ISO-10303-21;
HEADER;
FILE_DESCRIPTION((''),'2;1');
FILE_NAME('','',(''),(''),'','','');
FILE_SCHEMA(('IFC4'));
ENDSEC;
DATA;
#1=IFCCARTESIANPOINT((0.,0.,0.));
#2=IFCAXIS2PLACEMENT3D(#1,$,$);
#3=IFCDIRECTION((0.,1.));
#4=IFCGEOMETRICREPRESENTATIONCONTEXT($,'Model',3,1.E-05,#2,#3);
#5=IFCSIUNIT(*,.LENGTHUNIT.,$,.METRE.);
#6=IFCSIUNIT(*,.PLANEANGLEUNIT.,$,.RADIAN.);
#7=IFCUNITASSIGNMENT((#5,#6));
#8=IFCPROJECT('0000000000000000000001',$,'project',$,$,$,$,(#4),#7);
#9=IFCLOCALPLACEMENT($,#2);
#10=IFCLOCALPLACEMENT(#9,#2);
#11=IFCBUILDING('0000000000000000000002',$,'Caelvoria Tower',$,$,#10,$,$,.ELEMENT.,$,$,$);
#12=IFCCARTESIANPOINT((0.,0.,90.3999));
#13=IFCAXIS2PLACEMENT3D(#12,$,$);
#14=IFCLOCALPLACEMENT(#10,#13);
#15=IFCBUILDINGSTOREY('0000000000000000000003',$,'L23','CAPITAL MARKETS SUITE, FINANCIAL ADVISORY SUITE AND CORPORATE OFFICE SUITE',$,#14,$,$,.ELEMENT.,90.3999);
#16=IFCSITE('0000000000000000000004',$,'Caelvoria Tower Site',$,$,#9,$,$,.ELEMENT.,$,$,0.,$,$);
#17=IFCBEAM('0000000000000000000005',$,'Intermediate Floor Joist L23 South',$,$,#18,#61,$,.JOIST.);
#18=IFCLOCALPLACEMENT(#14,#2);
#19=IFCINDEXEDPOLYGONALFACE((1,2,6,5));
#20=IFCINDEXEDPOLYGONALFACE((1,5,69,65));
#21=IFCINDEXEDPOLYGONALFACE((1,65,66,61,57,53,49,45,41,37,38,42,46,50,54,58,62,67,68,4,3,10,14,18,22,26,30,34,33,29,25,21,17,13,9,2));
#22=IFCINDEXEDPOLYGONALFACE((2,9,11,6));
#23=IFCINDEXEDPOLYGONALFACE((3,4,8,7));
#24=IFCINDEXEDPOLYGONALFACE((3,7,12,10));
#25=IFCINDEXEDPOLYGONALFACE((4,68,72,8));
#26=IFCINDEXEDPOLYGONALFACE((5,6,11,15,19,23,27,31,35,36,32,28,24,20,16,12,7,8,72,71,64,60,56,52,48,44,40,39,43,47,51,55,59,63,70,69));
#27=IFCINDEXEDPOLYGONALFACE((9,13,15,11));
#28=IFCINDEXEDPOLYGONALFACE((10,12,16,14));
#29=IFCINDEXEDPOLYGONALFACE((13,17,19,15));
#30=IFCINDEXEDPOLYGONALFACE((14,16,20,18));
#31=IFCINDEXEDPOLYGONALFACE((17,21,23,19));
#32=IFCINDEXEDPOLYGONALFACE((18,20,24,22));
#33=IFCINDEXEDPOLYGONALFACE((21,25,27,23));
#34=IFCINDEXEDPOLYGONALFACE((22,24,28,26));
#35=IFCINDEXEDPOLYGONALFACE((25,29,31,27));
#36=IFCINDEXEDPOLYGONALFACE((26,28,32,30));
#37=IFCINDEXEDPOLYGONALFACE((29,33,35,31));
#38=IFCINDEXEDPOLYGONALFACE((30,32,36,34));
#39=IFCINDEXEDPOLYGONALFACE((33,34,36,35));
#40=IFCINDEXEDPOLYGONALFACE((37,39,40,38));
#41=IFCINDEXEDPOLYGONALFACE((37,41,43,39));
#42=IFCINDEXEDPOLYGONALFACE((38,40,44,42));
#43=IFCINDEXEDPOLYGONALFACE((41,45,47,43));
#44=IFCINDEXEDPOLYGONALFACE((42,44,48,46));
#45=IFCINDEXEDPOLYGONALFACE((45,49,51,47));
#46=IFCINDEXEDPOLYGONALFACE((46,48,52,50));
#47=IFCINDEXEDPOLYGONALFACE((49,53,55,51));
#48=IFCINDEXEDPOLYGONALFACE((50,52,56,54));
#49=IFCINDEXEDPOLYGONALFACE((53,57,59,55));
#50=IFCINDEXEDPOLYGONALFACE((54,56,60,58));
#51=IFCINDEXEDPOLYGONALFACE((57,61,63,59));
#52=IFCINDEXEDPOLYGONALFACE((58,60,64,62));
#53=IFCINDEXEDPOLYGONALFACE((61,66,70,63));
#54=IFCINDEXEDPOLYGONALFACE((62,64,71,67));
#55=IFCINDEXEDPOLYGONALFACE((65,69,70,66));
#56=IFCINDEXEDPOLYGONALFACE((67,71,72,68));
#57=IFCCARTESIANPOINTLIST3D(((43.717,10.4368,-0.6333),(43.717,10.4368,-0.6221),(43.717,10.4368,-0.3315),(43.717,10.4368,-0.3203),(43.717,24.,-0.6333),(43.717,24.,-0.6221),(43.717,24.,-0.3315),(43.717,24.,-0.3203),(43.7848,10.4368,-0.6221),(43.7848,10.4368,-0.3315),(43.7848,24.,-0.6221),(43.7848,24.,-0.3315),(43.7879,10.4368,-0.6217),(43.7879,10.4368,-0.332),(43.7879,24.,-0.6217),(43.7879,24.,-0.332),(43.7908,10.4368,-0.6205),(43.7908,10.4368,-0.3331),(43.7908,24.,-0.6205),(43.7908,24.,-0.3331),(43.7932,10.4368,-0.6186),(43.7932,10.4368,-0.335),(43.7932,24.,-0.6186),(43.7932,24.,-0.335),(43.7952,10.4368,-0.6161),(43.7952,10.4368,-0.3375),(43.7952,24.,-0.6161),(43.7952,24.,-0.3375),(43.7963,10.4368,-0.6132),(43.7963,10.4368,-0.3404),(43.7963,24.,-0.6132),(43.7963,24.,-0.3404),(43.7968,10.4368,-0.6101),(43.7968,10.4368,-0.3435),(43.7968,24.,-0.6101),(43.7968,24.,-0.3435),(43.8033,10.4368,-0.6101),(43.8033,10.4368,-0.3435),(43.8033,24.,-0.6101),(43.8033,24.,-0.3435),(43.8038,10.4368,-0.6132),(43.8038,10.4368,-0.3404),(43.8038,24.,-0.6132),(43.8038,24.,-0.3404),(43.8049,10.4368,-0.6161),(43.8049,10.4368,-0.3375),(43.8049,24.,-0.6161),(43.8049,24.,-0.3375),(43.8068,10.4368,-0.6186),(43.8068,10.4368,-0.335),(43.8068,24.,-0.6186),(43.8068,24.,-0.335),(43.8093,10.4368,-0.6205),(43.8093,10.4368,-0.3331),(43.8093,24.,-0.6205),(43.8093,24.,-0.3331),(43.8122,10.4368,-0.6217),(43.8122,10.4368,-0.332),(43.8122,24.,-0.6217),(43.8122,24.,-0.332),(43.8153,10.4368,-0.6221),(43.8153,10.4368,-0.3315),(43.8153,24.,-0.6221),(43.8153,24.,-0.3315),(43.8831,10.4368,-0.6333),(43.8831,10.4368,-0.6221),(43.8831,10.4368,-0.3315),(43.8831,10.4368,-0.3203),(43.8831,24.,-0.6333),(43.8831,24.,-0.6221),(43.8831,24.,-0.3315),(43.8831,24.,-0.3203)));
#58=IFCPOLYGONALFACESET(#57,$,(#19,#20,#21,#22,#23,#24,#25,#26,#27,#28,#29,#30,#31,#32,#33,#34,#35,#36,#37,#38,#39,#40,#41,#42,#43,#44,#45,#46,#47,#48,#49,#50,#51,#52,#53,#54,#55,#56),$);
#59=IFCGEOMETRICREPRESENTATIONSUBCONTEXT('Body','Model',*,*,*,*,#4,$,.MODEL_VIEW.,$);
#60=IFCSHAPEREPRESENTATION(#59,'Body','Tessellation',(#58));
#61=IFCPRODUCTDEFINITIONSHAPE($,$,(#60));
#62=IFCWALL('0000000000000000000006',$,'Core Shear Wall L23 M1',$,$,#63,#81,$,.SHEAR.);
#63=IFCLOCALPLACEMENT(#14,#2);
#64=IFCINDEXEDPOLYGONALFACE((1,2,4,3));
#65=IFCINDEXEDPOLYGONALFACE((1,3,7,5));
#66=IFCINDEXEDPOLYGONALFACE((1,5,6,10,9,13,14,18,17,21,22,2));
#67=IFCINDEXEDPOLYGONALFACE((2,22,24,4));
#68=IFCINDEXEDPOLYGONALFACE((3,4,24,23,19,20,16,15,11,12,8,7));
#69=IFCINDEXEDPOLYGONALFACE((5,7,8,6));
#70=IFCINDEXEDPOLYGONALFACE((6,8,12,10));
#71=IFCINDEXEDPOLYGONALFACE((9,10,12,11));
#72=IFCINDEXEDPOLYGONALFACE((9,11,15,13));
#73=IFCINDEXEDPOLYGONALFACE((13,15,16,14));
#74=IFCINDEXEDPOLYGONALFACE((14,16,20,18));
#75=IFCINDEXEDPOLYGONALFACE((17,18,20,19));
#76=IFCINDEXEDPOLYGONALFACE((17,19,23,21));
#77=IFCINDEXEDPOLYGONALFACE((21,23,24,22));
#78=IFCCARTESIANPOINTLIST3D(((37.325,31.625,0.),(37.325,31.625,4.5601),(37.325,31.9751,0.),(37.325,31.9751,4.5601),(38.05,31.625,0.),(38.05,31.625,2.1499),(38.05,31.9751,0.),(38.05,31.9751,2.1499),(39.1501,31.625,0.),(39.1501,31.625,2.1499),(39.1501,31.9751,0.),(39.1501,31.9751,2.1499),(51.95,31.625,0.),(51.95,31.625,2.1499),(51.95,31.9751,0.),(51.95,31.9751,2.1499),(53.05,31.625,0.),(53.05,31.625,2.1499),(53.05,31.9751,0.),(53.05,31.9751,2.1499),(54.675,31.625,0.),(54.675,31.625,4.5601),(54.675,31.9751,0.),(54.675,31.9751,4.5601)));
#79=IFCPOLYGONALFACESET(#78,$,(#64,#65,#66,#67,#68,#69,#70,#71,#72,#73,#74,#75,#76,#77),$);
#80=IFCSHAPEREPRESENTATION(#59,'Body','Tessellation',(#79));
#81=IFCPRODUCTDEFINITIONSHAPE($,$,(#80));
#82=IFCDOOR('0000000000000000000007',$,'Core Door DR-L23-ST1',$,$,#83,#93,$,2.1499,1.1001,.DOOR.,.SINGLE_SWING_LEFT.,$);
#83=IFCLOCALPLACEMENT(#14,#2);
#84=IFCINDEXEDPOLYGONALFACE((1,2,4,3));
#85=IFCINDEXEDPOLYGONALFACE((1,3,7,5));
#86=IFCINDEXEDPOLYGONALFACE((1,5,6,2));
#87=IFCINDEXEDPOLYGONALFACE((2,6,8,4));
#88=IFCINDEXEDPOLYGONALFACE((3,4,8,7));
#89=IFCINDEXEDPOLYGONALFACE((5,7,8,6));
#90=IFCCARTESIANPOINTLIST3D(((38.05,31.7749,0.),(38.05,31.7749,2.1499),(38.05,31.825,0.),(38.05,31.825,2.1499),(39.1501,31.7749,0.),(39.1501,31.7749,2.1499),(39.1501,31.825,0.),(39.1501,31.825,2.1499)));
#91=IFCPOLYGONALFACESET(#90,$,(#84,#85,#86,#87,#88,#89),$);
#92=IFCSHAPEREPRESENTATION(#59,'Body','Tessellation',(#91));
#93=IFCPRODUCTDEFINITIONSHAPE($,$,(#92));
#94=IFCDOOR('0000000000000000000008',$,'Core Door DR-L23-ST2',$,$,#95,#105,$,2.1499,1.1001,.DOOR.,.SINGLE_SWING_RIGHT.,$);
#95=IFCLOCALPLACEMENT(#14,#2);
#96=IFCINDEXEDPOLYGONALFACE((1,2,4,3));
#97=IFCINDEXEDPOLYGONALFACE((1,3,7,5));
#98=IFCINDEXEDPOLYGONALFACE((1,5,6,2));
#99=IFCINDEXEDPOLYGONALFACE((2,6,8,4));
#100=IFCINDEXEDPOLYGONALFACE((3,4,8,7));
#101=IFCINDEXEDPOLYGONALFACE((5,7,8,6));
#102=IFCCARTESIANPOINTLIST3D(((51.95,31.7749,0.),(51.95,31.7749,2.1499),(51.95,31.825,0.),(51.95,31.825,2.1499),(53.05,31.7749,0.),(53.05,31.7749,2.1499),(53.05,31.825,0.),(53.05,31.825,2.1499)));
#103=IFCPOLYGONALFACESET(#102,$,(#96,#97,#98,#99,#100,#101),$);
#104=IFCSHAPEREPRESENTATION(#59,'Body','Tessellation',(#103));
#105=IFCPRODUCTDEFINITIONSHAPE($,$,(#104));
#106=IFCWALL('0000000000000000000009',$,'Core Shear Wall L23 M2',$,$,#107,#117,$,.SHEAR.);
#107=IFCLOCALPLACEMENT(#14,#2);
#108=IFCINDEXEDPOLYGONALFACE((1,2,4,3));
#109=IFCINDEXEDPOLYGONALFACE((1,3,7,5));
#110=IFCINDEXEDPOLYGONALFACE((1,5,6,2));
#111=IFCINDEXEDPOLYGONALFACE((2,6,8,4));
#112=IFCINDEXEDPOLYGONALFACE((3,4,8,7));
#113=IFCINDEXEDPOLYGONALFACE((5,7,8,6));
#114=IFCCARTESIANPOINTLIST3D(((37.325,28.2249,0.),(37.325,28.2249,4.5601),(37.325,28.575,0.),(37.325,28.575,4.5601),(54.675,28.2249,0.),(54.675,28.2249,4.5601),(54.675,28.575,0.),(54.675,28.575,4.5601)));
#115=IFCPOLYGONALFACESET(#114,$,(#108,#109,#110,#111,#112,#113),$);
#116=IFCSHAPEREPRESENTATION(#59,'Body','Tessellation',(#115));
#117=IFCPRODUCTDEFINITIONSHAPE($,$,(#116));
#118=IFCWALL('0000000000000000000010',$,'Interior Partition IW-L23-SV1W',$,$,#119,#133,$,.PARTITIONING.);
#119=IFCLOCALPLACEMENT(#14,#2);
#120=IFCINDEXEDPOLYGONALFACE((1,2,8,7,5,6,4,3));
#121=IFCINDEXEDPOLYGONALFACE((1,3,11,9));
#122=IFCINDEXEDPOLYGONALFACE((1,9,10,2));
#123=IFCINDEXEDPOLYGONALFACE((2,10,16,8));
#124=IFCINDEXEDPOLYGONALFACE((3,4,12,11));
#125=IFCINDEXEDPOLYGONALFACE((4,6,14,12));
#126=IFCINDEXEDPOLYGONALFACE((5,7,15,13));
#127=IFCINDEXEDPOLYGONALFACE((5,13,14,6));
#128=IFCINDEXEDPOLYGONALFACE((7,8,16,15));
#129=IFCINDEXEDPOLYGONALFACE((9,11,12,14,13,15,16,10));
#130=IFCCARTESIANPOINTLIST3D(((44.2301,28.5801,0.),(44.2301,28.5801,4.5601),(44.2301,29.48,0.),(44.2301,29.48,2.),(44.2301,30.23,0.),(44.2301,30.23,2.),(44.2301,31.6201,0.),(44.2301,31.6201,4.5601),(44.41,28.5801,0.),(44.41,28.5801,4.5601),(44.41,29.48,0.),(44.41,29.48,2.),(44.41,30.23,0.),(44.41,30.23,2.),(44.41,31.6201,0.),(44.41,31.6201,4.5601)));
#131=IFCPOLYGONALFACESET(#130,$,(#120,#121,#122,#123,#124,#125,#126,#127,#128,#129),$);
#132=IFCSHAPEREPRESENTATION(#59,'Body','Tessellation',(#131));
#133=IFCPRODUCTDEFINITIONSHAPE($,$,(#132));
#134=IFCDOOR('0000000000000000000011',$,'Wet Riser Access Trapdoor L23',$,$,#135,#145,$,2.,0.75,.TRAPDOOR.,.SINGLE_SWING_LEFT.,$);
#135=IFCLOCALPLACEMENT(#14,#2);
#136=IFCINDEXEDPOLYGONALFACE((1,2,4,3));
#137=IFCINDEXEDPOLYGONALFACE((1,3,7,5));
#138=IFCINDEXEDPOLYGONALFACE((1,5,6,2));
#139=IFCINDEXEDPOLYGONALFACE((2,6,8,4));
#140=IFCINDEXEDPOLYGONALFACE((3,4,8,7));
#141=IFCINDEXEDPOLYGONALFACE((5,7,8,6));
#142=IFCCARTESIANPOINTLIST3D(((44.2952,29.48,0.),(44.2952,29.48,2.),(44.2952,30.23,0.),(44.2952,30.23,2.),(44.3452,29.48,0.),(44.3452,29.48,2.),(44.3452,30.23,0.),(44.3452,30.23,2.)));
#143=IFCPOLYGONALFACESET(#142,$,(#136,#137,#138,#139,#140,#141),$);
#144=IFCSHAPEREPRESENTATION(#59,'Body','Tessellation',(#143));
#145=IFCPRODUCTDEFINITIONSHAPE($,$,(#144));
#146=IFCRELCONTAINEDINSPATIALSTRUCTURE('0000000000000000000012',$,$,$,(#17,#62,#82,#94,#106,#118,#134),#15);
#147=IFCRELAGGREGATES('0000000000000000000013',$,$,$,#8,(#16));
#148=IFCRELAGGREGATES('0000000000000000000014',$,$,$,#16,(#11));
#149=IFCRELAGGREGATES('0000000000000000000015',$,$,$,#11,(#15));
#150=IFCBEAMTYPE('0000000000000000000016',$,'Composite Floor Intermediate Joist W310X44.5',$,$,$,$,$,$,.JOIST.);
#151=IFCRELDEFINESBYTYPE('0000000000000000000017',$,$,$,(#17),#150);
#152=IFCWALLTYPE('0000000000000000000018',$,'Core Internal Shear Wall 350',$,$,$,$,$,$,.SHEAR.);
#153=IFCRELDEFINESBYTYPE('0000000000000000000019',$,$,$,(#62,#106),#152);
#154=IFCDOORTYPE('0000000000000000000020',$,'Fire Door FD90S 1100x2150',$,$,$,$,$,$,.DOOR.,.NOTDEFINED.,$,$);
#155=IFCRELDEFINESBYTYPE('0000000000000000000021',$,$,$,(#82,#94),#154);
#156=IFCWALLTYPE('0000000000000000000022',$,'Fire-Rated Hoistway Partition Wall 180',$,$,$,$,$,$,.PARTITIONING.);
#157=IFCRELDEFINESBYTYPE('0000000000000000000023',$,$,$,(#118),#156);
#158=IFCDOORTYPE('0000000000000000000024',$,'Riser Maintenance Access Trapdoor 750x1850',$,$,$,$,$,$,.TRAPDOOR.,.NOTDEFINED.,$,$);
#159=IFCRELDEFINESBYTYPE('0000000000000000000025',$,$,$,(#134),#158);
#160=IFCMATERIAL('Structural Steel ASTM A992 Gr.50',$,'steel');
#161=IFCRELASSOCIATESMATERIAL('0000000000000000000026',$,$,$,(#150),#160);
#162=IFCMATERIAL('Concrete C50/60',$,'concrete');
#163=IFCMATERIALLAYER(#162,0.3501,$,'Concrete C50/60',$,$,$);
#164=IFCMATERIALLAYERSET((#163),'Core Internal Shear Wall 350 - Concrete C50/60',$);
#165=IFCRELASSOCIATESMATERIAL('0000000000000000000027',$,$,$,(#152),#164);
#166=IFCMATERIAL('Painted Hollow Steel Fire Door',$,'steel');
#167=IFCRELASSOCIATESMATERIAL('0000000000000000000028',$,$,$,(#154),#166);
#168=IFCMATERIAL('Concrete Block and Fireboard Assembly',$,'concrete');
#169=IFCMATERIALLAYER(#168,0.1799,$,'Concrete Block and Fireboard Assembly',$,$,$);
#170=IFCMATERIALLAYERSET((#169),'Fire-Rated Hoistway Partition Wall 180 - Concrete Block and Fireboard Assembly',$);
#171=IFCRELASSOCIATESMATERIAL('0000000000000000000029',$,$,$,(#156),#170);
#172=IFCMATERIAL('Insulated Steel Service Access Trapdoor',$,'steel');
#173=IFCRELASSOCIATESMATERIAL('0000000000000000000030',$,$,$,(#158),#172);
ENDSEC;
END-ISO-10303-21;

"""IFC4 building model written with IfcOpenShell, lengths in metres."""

from ifc_helpers import new_model, si_unit, direction, frame, frame_2d, origin, origin_2d, place, context, subcontext, project, spatial, rectangle, i_section, extrude, material, layer, layer_set, material_profile, profile_set, type_object, element, fill, save


model = new_model("IFC4")

# Units and contexts
model_context = context("Model", 3, precision=1e-05, world=origin(), true_north=direction((0.0, 1.0)))
body_context = subcontext(model_context, "Body", "Model", "MODEL_VIEW")
ifc_project = project(units=[si_unit("LENGTHUNIT", "METRE"), si_unit("PLANEANGLEUNIT", "RADIAN")], contexts=[model_context])

# Site, building, storey
site_placement = place(None, origin())
site = spatial("IfcSite", under=ifc_project, at=site_placement, Name="Caelvoria Tower Site", CompositionType="ELEMENT", RefElevation=0.0)
building_placement = place(site_placement, origin())
building = spatial("IfcBuilding", under=site, at=building_placement, Name="Caelvoria Tower", CompositionType="ELEMENT")
storey_placement = place(building_placement, frame((0.0, 0.0, 90.3999)))
storey = spatial("IfcBuildingStorey", under=building, at=storey_placement, Name="L23", Description="CAPITAL MARKETS SUITE, FINANCIAL ADVISORY SUITE AND CORPORATE OFFICE SUITE", CompositionType="ELEMENT", Elevation=90.3999)

# Beam
ifc_material_1 = material(Name="Structural Steel ASTM A992 Gr.50", Category="steel")
ifc_material_profile = material_profile(ifc_material_1, i_section(OverallWidth=0.166, OverallDepth=0.313, WebThickness=0.0066, FlangeThickness=0.0112, FilletRadius=0.012, at=origin_2d()), Name="Structural Steel ASTM A992 Gr.50")
ifc_profile_set = profile_set([ifc_material_profile], Name="W310X44.5 - Structural Steel ASTM A992 Gr.50")
beam_type = type_object("IfcBeamType", Name="Composite Floor Intermediate Joist W310X44.5", PredefinedType="JOIST", material=ifc_profile_set)
beam_placement = place(storey_placement, frame((43.8, 24.0, -0.4768), z_axis=(0.0, -1.0, 0.0), x_axis=(1.0, 0.0, 0.0)))
element("IfcBeam", 1, at=beam_placement, inside=storey, type_object=beam_type, Name="Intermediate Floor Joist L23 South", PredefinedType="JOIST", context=body_context, shape_type="SweptSolid", body=[
    extrude(i_section(OverallWidth=0.166, OverallDepth=0.313, WebThickness=0.0066, FlangeThickness=0.0112, FilletRadius=0.012, at=origin_2d()), origin(), (0.0, 0.0, 1.0), 13.5632),
])

# Wall, openings, doors
ifc_material_2 = material(Name="Concrete C50/60", Category="concrete")
ifc_layer_1 = layer(ifc_material_2, 0.3501, Name="Concrete C50/60")
ifc_layer_set_1 = layer_set([ifc_layer_1], Name="Core Internal Shear Wall 350 - Concrete C50/60")
wall_type_1 = type_object("IfcWallType", Name="Core Internal Shear Wall 350", PredefinedType="SHEAR", material=ifc_layer_set_1)
wall_1_placement = place(storey_placement, frame((37.325, 31.8, 0.0), z_axis=(0.0, 0.0, 1.0), x_axis=(1.0, 0.0, 0.0)))
wall_1 = element("IfcWall", 2, at=wall_1_placement, inside=storey, type_object=wall_type_1, Name="Core Shear Wall L23 M1", PredefinedType="SHEAR", context=body_context, shape_type="SweptSolid", body=[
    extrude(rectangle(XDim=17.3501, YDim=0.3501, at=frame_2d((8.675, 0.0))), origin(), (0.0, 0.0, 1.0), 4.5601),
])
opening_1_placement = place(wall_1_placement, frame((0.7251, 0.0, 0.0)))
opening_1 = element("IfcOpeningElement", 3, at=opening_1_placement, cuts=wall_1, PredefinedType="OPENING", context=body_context, shape_type="SweptSolid", body=[
    extrude(rectangle(XDim=1.1001, YDim=2.1499, at=frame_2d((0.55, 1.075))), frame((0.0, 0.1851, 0.0), z_axis=(0.0, -1.0, 0.0), x_axis=(1.0, 0.0, 0.0)), (0.0, 0.0, 1.0), 0.3701),
])
opening_2_placement = place(wall_1_placement, frame((14.625, 0.0, 0.0)))
opening_2 = element("IfcOpeningElement", 4, at=opening_2_placement, cuts=wall_1, PredefinedType="OPENING", context=body_context, shape_type="SweptSolid", body=[
    extrude(rectangle(XDim=1.1001, YDim=2.1499, at=frame_2d((0.55, 1.075))), frame((0.0, 0.1851, 0.0), z_axis=(0.0, -1.0, 0.0), x_axis=(1.0, 0.0, 0.0)), (0.0, 0.0, 1.0), 0.3701),
])
ifc_material_3 = material(Name="Painted Hollow Steel Fire Door", Category="steel")
door_type_1 = type_object("IfcDoorType", Name="Fire Door FD90S 1100x2150", OperationType="NOTDEFINED", PredefinedType="DOOR", material=ifc_material_3)
door_1_placement = place(opening_1_placement, origin())
door_1 = element("IfcDoor", 5, at=door_1_placement, inside=storey, type_object=door_type_1, Name="Core Door DR-L23-ST1", OperationType="SINGLE_SWING_LEFT", OverallHeight=2.1499, OverallWidth=1.1001, PredefinedType="DOOR", context=body_context, shape_type="SweptSolid", body=[
    extrude(rectangle(XDim=1.1001, YDim=2.1499, at=frame_2d((0.55, 1.075))), frame((0.0, 0.0249, 0.0), z_axis=(0.0, -1.0, 0.0), x_axis=(1.0, 0.0, 0.0)), (0.0, 0.0, 1.0), 0.05),
])
fill(opening_1, door_1)
door_2_placement = place(opening_2_placement, origin())
door_2 = element("IfcDoor", 6, at=door_2_placement, inside=storey, type_object=door_type_1, Name="Core Door DR-L23-ST2", OperationType="SINGLE_SWING_RIGHT", OverallHeight=2.1499, OverallWidth=1.1001, PredefinedType="DOOR", context=body_context, shape_type="SweptSolid", body=[
    extrude(rectangle(XDim=1.1001, YDim=2.1499, at=frame_2d((0.55, 1.075))), frame((0.0, 0.0249, 0.0), z_axis=(0.0, -1.0, 0.0), x_axis=(1.0, 0.0, 0.0)), (0.0, 0.0, 1.0), 0.05),
])
fill(opening_2, door_2)

# Wall
wall_2_placement = place(storey_placement, frame((37.325, 28.3999, 0.0), z_axis=(0.0, 0.0, 1.0), x_axis=(1.0, 0.0, 0.0)))
element("IfcWall", 7, at=wall_2_placement, inside=storey, type_object=wall_type_1, Name="Core Shear Wall L23 M2", PredefinedType="SHEAR", context=body_context, shape_type="SweptSolid", body=[
    extrude(rectangle(XDim=17.3501, YDim=0.3501, at=frame_2d((8.675, 0.0))), origin(), (0.0, 0.0, 1.0), 4.5601),
])

# Wall, opening, door
ifc_material_4 = material(Name="Concrete Block and Fireboard Assembly", Category="concrete")
ifc_layer_2 = layer(ifc_material_4, 0.1799, Name="Concrete Block and Fireboard Assembly")
ifc_layer_set_2 = layer_set([ifc_layer_2], Name="Fire-Rated Hoistway Partition Wall 180 - Concrete Block and Fireboard Assembly")
wall_type_2 = type_object("IfcWallType", Name="Fire-Rated Hoistway Partition Wall 180", PredefinedType="PARTITIONING", material=ifc_layer_set_2)
wall_3_placement = place(storey_placement, frame((44.3201, 28.5801, 0.0), z_axis=(0.0, 0.0, 1.0), x_axis=(0.0, 1.0, 0.0)))
wall_3 = element("IfcWall", 8, at=wall_3_placement, inside=storey, type_object=wall_type_2, Name="Interior Partition IW-L23-SV1W", PredefinedType="PARTITIONING", context=body_context, shape_type="SweptSolid", body=[
    extrude(rectangle(XDim=3.04, YDim=0.1799, at=frame_2d((1.52, 0.0))), origin(), (0.0, 0.0, 1.0), 4.5601),
])
opening_3_placement = place(wall_3_placement, frame((0.8999, 0.0, 0.0)))
opening_3 = element("IfcOpeningElement", 9, at=opening_3_placement, cuts=wall_3, PredefinedType="OPENING", context=body_context, shape_type="SweptSolid", body=[
    extrude(rectangle(XDim=0.75, YDim=2.0, at=frame_2d((0.375, 1.0))), frame((0.0, 0.0999, 0.0), z_axis=(0.0, -1.0, 0.0), x_axis=(1.0, 0.0, 0.0)), (0.0, 0.0, 1.0), 0.2),
])
ifc_material_5 = material(Name="Insulated Steel Service Access Trapdoor", Category="steel")
door_type_2 = type_object("IfcDoorType", Name="Riser Maintenance Access Trapdoor 750x1850", OperationType="NOTDEFINED", PredefinedType="TRAPDOOR", material=ifc_material_5)
door_3_placement = place(opening_3_placement, origin())
door_3 = element("IfcDoor", 10, at=door_3_placement, inside=storey, type_object=door_type_2, Name="Wet Riser Access Trapdoor L23", OperationType="SINGLE_SWING_LEFT", OverallHeight=2.0, OverallWidth=0.75, PredefinedType="TRAPDOOR", context=body_context, shape_type="SweptSolid", body=[
    extrude(rectangle(XDim=0.75, YDim=2.0, at=frame_2d((0.375, 1.0))), frame((0.0, 0.0249, 0.0), z_axis=(0.0, -1.0, 0.0), x_axis=(1.0, 0.0, 0.0)), (0.0, 0.0, 1.0), 0.05),
])
fill(opening_3, door_3)

save(model, "model.ifc")
